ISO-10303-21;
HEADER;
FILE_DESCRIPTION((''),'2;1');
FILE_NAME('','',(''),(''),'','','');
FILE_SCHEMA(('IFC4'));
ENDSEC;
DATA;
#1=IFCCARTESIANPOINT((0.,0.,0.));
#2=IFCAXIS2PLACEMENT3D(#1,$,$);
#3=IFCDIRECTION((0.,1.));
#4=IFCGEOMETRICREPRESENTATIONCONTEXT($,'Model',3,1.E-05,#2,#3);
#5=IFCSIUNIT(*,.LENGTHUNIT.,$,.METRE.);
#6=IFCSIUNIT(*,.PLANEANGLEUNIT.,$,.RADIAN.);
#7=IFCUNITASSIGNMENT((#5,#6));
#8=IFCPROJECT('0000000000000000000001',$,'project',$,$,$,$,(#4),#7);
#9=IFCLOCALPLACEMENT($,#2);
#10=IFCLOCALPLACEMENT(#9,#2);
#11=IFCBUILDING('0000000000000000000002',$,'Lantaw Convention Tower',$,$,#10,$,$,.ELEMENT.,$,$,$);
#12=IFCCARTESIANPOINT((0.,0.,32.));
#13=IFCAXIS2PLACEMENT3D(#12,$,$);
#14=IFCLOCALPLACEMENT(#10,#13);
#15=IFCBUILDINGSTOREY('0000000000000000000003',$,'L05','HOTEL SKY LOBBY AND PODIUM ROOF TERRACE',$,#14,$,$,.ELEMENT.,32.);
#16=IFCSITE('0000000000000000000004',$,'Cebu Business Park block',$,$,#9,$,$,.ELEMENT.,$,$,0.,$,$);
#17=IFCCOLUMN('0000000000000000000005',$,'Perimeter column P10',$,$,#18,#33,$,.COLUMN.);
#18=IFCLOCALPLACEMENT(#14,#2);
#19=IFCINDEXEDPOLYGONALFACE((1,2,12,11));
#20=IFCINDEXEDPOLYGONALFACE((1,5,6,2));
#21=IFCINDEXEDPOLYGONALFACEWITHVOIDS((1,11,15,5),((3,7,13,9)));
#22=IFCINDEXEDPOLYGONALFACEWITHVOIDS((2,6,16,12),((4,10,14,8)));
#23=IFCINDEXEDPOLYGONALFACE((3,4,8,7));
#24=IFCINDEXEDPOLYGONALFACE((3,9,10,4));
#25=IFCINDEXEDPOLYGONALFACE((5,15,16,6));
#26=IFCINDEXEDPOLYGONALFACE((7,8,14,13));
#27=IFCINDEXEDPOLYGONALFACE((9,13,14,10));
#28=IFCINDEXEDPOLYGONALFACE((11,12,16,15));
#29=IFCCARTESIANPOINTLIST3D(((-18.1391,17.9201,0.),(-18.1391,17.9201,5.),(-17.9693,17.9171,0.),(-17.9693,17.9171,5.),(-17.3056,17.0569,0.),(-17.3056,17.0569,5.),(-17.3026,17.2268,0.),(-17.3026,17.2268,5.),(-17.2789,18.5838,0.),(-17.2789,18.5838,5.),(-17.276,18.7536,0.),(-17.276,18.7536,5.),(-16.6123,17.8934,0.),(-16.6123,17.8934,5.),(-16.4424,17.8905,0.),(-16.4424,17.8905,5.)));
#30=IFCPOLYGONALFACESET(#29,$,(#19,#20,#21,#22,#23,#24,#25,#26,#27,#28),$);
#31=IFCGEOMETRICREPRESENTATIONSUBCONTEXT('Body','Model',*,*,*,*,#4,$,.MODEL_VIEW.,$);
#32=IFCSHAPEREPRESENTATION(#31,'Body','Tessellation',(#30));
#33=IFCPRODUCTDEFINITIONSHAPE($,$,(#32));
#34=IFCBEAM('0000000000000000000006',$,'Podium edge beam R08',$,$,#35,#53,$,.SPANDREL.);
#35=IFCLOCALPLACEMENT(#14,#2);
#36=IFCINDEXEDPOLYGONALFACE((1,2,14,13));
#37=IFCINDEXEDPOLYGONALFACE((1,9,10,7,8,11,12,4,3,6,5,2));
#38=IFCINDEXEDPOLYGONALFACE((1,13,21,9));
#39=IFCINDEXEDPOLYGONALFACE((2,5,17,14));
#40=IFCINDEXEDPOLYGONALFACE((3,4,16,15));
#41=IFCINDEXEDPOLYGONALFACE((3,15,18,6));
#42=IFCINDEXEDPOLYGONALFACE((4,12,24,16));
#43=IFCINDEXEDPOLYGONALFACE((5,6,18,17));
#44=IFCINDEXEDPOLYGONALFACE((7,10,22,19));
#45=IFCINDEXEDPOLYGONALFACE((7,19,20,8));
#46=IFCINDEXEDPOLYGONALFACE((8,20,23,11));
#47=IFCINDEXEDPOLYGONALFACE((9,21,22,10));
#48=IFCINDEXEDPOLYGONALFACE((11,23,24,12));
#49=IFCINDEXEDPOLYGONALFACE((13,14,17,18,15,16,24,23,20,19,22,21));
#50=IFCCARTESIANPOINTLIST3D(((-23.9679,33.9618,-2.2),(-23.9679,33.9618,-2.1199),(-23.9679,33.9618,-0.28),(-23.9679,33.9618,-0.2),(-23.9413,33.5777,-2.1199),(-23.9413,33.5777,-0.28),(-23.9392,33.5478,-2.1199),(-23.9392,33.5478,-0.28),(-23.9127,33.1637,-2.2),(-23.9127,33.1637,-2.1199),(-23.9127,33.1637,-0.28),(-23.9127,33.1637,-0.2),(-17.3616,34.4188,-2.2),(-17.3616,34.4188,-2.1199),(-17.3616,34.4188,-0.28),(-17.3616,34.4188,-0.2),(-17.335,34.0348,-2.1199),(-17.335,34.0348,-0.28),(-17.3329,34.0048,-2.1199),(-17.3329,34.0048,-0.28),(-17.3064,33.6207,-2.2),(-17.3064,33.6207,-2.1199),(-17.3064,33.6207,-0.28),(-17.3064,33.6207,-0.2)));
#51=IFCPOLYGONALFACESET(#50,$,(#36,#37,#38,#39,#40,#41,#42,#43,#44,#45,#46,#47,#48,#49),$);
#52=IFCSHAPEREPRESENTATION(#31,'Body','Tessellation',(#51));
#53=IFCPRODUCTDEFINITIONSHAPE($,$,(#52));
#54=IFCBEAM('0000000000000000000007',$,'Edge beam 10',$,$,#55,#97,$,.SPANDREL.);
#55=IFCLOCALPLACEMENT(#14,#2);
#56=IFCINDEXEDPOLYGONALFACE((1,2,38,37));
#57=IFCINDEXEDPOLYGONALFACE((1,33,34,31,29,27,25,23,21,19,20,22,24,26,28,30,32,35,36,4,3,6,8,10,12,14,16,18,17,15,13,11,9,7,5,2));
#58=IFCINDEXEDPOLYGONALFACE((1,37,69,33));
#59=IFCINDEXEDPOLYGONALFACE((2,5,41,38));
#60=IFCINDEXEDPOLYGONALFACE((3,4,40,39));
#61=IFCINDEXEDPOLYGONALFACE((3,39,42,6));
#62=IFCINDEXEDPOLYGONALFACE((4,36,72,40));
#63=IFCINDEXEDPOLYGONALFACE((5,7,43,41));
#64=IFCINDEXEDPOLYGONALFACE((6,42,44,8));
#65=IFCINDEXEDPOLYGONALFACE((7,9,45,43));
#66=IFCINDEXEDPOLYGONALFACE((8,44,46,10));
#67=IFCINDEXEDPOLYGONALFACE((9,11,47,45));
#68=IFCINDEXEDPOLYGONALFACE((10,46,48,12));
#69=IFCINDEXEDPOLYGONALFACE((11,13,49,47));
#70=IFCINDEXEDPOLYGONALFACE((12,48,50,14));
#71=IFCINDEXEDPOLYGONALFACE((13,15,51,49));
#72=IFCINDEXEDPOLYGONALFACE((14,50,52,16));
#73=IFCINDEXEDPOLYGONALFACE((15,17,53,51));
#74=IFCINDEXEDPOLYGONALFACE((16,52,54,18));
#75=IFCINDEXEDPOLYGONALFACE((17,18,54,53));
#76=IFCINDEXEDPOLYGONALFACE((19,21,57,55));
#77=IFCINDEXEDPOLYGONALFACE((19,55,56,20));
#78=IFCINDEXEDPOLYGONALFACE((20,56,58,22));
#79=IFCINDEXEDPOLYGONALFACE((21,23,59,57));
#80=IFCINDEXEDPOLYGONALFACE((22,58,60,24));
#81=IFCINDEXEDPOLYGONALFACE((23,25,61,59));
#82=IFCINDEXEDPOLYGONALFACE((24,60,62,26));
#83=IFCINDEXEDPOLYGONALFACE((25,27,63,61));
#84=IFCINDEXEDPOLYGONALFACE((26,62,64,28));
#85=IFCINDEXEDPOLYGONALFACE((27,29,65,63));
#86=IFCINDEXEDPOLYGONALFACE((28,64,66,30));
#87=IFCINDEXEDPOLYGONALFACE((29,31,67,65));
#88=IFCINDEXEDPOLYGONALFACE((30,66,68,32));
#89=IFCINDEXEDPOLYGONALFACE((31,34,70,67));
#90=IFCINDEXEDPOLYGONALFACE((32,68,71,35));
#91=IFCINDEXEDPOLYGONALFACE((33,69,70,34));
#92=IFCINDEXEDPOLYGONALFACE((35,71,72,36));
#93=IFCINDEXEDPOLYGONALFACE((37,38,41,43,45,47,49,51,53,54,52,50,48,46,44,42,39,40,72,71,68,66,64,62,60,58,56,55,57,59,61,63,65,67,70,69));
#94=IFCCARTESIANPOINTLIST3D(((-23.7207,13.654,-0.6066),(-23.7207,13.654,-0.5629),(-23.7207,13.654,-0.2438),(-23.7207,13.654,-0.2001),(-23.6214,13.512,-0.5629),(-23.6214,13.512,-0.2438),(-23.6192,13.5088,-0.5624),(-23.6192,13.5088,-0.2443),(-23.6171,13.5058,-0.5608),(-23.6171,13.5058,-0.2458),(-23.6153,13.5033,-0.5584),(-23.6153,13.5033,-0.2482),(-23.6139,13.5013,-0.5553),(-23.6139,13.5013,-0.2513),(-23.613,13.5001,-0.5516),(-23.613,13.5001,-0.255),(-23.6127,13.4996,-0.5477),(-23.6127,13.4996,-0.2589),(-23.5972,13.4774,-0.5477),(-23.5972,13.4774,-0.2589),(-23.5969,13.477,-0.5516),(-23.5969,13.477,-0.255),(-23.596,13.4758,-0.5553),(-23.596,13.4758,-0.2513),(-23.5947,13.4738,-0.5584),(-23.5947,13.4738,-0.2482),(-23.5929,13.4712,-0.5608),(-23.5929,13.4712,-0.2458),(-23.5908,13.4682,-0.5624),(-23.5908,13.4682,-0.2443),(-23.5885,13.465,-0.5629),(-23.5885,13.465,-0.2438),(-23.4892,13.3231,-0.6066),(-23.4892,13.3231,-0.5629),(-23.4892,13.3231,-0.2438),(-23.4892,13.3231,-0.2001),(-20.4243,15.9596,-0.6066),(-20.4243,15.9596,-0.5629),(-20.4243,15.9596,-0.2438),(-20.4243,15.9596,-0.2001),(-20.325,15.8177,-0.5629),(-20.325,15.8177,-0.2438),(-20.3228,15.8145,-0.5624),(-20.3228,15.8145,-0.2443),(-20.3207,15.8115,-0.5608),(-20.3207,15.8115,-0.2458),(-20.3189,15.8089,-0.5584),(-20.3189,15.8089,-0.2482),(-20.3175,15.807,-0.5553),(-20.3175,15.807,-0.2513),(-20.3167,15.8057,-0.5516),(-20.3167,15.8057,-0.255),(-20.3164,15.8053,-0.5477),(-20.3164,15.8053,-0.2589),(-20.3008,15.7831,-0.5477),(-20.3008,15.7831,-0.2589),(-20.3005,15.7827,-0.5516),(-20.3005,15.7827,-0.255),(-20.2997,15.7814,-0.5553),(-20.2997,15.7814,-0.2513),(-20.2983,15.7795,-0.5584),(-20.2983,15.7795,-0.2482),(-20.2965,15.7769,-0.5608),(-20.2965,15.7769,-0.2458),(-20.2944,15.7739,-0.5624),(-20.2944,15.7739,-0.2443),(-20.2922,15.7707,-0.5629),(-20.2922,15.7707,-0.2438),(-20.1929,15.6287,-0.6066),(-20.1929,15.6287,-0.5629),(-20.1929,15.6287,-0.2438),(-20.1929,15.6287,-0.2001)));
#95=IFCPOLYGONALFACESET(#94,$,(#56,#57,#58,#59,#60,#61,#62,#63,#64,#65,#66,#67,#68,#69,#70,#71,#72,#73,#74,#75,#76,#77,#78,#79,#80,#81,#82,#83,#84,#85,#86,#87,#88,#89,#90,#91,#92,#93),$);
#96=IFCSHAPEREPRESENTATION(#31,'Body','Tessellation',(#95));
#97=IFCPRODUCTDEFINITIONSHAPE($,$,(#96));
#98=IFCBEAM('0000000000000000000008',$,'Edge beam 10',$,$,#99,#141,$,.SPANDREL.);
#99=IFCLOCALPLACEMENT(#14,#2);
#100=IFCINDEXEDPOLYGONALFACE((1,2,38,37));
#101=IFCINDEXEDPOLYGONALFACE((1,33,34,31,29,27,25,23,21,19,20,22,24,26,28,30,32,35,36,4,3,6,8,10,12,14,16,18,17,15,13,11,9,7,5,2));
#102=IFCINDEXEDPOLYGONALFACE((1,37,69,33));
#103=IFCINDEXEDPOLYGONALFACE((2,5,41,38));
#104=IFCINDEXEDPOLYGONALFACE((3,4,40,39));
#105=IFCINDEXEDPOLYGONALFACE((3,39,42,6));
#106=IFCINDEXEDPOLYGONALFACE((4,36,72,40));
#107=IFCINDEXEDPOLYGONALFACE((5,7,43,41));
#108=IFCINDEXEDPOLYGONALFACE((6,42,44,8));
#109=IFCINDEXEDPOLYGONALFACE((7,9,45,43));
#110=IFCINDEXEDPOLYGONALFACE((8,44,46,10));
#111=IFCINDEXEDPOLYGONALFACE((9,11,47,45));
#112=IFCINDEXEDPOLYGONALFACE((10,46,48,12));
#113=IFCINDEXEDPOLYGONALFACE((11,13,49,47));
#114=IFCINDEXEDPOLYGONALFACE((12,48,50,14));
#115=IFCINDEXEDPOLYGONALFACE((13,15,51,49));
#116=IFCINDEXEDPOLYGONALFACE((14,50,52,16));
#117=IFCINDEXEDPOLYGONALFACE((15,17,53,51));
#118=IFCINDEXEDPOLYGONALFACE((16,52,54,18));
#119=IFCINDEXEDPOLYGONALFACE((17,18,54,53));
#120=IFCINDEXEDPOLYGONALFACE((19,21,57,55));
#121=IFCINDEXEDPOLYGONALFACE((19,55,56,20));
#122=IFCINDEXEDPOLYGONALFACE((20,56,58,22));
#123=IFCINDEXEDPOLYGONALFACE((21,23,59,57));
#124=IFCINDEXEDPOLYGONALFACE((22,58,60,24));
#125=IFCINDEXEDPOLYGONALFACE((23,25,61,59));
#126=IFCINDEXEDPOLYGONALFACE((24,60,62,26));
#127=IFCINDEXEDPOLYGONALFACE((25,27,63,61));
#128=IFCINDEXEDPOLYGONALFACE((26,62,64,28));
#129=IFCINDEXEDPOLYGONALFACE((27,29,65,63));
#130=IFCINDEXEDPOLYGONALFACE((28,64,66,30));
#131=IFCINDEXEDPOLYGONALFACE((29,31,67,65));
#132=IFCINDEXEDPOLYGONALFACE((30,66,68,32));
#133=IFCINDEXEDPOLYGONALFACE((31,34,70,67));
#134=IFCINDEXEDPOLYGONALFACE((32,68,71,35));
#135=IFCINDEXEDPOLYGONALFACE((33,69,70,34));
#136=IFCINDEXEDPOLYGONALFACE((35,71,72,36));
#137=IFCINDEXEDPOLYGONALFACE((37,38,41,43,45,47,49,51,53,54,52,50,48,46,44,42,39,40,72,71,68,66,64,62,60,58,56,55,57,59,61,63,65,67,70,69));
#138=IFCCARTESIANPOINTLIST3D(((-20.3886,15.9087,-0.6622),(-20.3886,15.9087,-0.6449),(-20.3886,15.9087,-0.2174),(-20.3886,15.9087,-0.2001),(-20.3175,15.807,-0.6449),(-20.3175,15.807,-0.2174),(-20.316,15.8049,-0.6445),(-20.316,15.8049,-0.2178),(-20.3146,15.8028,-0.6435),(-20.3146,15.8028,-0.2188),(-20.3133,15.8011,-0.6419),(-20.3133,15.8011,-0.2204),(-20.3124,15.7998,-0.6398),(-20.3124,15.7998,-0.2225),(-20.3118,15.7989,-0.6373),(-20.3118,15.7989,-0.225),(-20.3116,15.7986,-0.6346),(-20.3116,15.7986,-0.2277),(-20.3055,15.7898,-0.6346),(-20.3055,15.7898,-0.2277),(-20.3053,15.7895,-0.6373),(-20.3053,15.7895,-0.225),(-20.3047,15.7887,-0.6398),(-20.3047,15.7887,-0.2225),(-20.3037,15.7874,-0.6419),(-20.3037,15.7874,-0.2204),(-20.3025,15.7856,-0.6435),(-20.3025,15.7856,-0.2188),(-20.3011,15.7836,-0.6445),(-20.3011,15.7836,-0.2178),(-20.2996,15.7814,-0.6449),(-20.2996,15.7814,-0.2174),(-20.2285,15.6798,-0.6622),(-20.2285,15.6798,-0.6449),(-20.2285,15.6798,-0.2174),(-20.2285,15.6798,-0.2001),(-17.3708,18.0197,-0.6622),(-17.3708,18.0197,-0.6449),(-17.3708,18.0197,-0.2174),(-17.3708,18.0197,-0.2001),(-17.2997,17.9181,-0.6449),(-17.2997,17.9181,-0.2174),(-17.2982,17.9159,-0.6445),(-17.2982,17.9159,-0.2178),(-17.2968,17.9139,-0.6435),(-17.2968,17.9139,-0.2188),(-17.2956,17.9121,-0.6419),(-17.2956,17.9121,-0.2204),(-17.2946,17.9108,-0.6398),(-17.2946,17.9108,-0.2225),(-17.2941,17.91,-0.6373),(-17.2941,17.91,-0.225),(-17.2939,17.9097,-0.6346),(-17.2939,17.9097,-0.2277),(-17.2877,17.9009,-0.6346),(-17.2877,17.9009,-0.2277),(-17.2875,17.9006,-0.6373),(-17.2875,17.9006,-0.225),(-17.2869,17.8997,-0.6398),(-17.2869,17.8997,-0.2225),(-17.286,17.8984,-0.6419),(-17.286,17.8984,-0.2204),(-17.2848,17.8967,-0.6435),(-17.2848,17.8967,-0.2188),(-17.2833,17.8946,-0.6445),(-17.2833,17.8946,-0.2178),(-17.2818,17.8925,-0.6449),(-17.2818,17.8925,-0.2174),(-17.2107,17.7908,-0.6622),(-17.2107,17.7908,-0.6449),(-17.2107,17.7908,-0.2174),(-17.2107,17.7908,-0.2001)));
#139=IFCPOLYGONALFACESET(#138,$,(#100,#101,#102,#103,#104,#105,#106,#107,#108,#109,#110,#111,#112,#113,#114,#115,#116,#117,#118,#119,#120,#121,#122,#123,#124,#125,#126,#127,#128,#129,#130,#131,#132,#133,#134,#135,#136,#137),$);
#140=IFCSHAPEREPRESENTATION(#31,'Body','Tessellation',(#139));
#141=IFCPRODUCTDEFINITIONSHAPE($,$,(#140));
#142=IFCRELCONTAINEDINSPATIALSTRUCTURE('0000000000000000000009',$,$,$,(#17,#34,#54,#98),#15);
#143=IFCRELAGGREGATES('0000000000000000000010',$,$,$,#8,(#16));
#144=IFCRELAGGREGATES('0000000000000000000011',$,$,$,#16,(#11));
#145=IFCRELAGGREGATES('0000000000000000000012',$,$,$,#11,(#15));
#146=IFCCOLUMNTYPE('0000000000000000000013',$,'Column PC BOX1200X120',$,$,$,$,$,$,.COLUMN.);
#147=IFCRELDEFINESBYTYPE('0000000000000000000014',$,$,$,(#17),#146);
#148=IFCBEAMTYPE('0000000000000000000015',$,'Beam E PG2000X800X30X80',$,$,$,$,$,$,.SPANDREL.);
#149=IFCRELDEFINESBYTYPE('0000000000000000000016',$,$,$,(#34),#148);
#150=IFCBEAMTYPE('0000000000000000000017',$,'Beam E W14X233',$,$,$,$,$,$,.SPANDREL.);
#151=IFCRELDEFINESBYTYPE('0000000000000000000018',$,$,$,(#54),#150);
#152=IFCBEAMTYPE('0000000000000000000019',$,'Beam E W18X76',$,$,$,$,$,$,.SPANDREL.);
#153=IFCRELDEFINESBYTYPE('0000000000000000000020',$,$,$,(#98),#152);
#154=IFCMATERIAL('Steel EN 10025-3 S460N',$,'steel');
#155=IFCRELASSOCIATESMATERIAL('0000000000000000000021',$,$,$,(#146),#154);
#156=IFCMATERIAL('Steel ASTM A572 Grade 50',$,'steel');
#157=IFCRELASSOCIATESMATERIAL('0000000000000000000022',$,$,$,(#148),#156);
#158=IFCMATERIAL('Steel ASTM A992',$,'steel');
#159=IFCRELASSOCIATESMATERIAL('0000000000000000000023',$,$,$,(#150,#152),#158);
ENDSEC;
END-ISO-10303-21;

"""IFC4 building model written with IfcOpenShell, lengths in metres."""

from ifc_helpers import new_model, si_unit, direction, frame, origin, origin_2d, place, context, subcontext, project, spatial, rectangle, hollow_rectangle, i_section, extrude, material, material_profile, profile_set, type_object, element, save


model = new_model("IFC4")

# Units and contexts
model_context = context("Model", 3, precision=1e-05, world=origin(), true_north=direction((0.0, 1.0)))
body_context = subcontext(model_context, "Body", "Model", "MODEL_VIEW")
ifc_project = project(units=[si_unit("LENGTHUNIT", "METRE"), si_unit("PLANEANGLEUNIT", "RADIAN")], contexts=[model_context])

# Site, building, storey
site_placement = place(None, origin())
site = spatial("IfcSite", under=ifc_project, at=site_placement, Name="Cebu Business Park block", CompositionType="ELEMENT", RefElevation=0.0)
building_placement = place(site_placement, origin())
building = spatial("IfcBuilding", under=site, at=building_placement, Name="Lantaw Convention Tower", CompositionType="ELEMENT")
storey_placement = place(building_placement, frame((0.0, 0.0, 32.0)))
storey = spatial("IfcBuildingStorey", under=building, at=storey_placement, Name="L05", Description="HOTEL SKY LOBBY AND PODIUM ROOF TERRACE", CompositionType="ELEMENT", Elevation=32.0)

# Column
ifc_material_1 = material(Name="Steel EN 10025-3 S460N", Category="steel")
ifc_material_profile_1 = material_profile(ifc_material_1, hollow_rectangle(XDim=1.2, YDim=1.2, WallThickness=0.1201, at=origin_2d()), Name="BOX1200X120")
ifc_material_2 = material(Name="Concrete C60/75", Category="concrete")
ifc_material_profile_2 = material_profile(ifc_material_2, rectangle(XDim=0.96, YDim=0.96, at=origin_2d()), Name="Concrete fill of BOX1200X120")
ifc_profile_set_1 = profile_set([ifc_material_profile_1, ifc_material_profile_2], Name="Steel EN 10025-3 S460N")
column_type = type_object("IfcColumnType", Name="Column PC BOX1200X120", PredefinedType="COLUMN", material=ifc_profile_set_1)
column_placement = place(storey_placement, frame((-17.2908, 17.9053, 0.0), z_axis=(0.0, 0.0, 1.0), x_axis=(0.71934, 0.694658, 0.0)))
element("IfcColumn", 1, at=column_placement, inside=storey, type_object=column_type, Name="Perimeter column P10", PredefinedType="COLUMN", context=body_context, shape_type="SweptSolid", body=[
    extrude(hollow_rectangle(XDim=1.2, YDim=1.2, WallThickness=0.1201, at=origin_2d()), origin(), (0.0, 0.0, 1.0), 5.0),
])

# Beams
ifc_material_3 = material(Name="Steel ASTM A572 Grade 50", Category="steel")
ifc_material_profile_3 = material_profile(ifc_material_3, i_section(OverallWidth=0.8, OverallDepth=2.0, WebThickness=0.03, FlangeThickness=0.0801, at=origin_2d()), Name="PG2000X800X30X80")
ifc_profile_set_2 = profile_set([ifc_material_profile_3], Name="Steel ASTM A572 Grade 50")
beam_type_1 = type_object("IfcBeamType", Name="Beam E PG2000X800X30X80", PredefinedType="SPANDREL", material=ifc_profile_set_2)
beam_1_placement = place(storey_placement, frame((-17.334, 34.0198, -1.2), z_axis=(-0.997615, -0.069017, 0.0), x_axis=(0.069017, -0.997615, 0.0)))
element("IfcBeam", 2, at=beam_1_placement, inside=storey, type_object=beam_type_1, Name="Podium edge beam R08", PredefinedType="SPANDREL", context=body_context, shape_type="SweptSolid", body=[
    extrude(i_section(OverallWidth=0.8, OverallDepth=2.0, WebThickness=0.03, FlangeThickness=0.0801, at=origin_2d()), origin(), (0.0, 0.0, 1.0), 6.6221),
])
ifc_material_4 = material(Name="Steel ASTM A992", Category="steel")
ifc_material_profile_4 = material_profile(ifc_material_4, i_section(OverallWidth=0.4038, OverallDepth=0.4065, WebThickness=0.0271, FlangeThickness=0.0437, FilletRadius=0.0151, at=origin_2d()), Name="W14X233")
ifc_profile_set_3 = profile_set([ifc_material_profile_4], Name="Steel ASTM A992")
beam_type_2 = type_object("IfcBeamType", Name="Beam E W14X233", PredefinedType="SPANDREL", material=ifc_profile_set_3)
beam_2_placement = place(storey_placement, frame((-20.3086, 15.7942, -0.4033), z_axis=(-0.819443, -0.573161, 0.0), x_axis=(0.573161, -0.819443, 0.0)))
element("IfcBeam", 3, at=beam_2_placement, inside=storey, type_object=beam_type_2, Name="Edge beam 10", PredefinedType="SPANDREL", context=body_context, shape_type="SweptSolid", body=[
    extrude(i_section(OverallWidth=0.4038, OverallDepth=0.4065, WebThickness=0.0271, FlangeThickness=0.0437, FilletRadius=0.0151, at=origin_2d()), origin(), (0.0, 0.0, 1.0), 4.0227),
])
ifc_material_profile_5 = material_profile(ifc_material_4, i_section(OverallWidth=0.2793, OverallDepth=0.4622, WebThickness=0.0107, FlangeThickness=0.0173, FilletRadius=0.0103, at=origin_2d()), Name="W18X76")
ifc_profile_set_4 = profile_set([ifc_material_profile_5], Name="Steel ASTM A992")
beam_type_3 = type_object("IfcBeamType", Name="Beam E W18X76", PredefinedType="SPANDREL", material=ifc_profile_set_4)
beam_3_placement = place(storey_placement, frame((-17.2908, 17.9053, -0.4312), z_axis=(-0.819409, -0.573209, 0.0), x_axis=(0.573209, -0.819409, 0.0)))
element("IfcBeam", 4, at=beam_3_placement, inside=storey, type_object=beam_type_3, Name="Edge beam 10", PredefinedType="SPANDREL", context=body_context, shape_type="SweptSolid", body=[
    extrude(i_section(OverallWidth=0.2793, OverallDepth=0.4622, WebThickness=0.0107, FlangeThickness=0.0173, FilletRadius=0.0103, at=origin_2d()), origin(), (0.0, 0.0, 1.0), 3.6829),
])

save(model, "model.ifc")
